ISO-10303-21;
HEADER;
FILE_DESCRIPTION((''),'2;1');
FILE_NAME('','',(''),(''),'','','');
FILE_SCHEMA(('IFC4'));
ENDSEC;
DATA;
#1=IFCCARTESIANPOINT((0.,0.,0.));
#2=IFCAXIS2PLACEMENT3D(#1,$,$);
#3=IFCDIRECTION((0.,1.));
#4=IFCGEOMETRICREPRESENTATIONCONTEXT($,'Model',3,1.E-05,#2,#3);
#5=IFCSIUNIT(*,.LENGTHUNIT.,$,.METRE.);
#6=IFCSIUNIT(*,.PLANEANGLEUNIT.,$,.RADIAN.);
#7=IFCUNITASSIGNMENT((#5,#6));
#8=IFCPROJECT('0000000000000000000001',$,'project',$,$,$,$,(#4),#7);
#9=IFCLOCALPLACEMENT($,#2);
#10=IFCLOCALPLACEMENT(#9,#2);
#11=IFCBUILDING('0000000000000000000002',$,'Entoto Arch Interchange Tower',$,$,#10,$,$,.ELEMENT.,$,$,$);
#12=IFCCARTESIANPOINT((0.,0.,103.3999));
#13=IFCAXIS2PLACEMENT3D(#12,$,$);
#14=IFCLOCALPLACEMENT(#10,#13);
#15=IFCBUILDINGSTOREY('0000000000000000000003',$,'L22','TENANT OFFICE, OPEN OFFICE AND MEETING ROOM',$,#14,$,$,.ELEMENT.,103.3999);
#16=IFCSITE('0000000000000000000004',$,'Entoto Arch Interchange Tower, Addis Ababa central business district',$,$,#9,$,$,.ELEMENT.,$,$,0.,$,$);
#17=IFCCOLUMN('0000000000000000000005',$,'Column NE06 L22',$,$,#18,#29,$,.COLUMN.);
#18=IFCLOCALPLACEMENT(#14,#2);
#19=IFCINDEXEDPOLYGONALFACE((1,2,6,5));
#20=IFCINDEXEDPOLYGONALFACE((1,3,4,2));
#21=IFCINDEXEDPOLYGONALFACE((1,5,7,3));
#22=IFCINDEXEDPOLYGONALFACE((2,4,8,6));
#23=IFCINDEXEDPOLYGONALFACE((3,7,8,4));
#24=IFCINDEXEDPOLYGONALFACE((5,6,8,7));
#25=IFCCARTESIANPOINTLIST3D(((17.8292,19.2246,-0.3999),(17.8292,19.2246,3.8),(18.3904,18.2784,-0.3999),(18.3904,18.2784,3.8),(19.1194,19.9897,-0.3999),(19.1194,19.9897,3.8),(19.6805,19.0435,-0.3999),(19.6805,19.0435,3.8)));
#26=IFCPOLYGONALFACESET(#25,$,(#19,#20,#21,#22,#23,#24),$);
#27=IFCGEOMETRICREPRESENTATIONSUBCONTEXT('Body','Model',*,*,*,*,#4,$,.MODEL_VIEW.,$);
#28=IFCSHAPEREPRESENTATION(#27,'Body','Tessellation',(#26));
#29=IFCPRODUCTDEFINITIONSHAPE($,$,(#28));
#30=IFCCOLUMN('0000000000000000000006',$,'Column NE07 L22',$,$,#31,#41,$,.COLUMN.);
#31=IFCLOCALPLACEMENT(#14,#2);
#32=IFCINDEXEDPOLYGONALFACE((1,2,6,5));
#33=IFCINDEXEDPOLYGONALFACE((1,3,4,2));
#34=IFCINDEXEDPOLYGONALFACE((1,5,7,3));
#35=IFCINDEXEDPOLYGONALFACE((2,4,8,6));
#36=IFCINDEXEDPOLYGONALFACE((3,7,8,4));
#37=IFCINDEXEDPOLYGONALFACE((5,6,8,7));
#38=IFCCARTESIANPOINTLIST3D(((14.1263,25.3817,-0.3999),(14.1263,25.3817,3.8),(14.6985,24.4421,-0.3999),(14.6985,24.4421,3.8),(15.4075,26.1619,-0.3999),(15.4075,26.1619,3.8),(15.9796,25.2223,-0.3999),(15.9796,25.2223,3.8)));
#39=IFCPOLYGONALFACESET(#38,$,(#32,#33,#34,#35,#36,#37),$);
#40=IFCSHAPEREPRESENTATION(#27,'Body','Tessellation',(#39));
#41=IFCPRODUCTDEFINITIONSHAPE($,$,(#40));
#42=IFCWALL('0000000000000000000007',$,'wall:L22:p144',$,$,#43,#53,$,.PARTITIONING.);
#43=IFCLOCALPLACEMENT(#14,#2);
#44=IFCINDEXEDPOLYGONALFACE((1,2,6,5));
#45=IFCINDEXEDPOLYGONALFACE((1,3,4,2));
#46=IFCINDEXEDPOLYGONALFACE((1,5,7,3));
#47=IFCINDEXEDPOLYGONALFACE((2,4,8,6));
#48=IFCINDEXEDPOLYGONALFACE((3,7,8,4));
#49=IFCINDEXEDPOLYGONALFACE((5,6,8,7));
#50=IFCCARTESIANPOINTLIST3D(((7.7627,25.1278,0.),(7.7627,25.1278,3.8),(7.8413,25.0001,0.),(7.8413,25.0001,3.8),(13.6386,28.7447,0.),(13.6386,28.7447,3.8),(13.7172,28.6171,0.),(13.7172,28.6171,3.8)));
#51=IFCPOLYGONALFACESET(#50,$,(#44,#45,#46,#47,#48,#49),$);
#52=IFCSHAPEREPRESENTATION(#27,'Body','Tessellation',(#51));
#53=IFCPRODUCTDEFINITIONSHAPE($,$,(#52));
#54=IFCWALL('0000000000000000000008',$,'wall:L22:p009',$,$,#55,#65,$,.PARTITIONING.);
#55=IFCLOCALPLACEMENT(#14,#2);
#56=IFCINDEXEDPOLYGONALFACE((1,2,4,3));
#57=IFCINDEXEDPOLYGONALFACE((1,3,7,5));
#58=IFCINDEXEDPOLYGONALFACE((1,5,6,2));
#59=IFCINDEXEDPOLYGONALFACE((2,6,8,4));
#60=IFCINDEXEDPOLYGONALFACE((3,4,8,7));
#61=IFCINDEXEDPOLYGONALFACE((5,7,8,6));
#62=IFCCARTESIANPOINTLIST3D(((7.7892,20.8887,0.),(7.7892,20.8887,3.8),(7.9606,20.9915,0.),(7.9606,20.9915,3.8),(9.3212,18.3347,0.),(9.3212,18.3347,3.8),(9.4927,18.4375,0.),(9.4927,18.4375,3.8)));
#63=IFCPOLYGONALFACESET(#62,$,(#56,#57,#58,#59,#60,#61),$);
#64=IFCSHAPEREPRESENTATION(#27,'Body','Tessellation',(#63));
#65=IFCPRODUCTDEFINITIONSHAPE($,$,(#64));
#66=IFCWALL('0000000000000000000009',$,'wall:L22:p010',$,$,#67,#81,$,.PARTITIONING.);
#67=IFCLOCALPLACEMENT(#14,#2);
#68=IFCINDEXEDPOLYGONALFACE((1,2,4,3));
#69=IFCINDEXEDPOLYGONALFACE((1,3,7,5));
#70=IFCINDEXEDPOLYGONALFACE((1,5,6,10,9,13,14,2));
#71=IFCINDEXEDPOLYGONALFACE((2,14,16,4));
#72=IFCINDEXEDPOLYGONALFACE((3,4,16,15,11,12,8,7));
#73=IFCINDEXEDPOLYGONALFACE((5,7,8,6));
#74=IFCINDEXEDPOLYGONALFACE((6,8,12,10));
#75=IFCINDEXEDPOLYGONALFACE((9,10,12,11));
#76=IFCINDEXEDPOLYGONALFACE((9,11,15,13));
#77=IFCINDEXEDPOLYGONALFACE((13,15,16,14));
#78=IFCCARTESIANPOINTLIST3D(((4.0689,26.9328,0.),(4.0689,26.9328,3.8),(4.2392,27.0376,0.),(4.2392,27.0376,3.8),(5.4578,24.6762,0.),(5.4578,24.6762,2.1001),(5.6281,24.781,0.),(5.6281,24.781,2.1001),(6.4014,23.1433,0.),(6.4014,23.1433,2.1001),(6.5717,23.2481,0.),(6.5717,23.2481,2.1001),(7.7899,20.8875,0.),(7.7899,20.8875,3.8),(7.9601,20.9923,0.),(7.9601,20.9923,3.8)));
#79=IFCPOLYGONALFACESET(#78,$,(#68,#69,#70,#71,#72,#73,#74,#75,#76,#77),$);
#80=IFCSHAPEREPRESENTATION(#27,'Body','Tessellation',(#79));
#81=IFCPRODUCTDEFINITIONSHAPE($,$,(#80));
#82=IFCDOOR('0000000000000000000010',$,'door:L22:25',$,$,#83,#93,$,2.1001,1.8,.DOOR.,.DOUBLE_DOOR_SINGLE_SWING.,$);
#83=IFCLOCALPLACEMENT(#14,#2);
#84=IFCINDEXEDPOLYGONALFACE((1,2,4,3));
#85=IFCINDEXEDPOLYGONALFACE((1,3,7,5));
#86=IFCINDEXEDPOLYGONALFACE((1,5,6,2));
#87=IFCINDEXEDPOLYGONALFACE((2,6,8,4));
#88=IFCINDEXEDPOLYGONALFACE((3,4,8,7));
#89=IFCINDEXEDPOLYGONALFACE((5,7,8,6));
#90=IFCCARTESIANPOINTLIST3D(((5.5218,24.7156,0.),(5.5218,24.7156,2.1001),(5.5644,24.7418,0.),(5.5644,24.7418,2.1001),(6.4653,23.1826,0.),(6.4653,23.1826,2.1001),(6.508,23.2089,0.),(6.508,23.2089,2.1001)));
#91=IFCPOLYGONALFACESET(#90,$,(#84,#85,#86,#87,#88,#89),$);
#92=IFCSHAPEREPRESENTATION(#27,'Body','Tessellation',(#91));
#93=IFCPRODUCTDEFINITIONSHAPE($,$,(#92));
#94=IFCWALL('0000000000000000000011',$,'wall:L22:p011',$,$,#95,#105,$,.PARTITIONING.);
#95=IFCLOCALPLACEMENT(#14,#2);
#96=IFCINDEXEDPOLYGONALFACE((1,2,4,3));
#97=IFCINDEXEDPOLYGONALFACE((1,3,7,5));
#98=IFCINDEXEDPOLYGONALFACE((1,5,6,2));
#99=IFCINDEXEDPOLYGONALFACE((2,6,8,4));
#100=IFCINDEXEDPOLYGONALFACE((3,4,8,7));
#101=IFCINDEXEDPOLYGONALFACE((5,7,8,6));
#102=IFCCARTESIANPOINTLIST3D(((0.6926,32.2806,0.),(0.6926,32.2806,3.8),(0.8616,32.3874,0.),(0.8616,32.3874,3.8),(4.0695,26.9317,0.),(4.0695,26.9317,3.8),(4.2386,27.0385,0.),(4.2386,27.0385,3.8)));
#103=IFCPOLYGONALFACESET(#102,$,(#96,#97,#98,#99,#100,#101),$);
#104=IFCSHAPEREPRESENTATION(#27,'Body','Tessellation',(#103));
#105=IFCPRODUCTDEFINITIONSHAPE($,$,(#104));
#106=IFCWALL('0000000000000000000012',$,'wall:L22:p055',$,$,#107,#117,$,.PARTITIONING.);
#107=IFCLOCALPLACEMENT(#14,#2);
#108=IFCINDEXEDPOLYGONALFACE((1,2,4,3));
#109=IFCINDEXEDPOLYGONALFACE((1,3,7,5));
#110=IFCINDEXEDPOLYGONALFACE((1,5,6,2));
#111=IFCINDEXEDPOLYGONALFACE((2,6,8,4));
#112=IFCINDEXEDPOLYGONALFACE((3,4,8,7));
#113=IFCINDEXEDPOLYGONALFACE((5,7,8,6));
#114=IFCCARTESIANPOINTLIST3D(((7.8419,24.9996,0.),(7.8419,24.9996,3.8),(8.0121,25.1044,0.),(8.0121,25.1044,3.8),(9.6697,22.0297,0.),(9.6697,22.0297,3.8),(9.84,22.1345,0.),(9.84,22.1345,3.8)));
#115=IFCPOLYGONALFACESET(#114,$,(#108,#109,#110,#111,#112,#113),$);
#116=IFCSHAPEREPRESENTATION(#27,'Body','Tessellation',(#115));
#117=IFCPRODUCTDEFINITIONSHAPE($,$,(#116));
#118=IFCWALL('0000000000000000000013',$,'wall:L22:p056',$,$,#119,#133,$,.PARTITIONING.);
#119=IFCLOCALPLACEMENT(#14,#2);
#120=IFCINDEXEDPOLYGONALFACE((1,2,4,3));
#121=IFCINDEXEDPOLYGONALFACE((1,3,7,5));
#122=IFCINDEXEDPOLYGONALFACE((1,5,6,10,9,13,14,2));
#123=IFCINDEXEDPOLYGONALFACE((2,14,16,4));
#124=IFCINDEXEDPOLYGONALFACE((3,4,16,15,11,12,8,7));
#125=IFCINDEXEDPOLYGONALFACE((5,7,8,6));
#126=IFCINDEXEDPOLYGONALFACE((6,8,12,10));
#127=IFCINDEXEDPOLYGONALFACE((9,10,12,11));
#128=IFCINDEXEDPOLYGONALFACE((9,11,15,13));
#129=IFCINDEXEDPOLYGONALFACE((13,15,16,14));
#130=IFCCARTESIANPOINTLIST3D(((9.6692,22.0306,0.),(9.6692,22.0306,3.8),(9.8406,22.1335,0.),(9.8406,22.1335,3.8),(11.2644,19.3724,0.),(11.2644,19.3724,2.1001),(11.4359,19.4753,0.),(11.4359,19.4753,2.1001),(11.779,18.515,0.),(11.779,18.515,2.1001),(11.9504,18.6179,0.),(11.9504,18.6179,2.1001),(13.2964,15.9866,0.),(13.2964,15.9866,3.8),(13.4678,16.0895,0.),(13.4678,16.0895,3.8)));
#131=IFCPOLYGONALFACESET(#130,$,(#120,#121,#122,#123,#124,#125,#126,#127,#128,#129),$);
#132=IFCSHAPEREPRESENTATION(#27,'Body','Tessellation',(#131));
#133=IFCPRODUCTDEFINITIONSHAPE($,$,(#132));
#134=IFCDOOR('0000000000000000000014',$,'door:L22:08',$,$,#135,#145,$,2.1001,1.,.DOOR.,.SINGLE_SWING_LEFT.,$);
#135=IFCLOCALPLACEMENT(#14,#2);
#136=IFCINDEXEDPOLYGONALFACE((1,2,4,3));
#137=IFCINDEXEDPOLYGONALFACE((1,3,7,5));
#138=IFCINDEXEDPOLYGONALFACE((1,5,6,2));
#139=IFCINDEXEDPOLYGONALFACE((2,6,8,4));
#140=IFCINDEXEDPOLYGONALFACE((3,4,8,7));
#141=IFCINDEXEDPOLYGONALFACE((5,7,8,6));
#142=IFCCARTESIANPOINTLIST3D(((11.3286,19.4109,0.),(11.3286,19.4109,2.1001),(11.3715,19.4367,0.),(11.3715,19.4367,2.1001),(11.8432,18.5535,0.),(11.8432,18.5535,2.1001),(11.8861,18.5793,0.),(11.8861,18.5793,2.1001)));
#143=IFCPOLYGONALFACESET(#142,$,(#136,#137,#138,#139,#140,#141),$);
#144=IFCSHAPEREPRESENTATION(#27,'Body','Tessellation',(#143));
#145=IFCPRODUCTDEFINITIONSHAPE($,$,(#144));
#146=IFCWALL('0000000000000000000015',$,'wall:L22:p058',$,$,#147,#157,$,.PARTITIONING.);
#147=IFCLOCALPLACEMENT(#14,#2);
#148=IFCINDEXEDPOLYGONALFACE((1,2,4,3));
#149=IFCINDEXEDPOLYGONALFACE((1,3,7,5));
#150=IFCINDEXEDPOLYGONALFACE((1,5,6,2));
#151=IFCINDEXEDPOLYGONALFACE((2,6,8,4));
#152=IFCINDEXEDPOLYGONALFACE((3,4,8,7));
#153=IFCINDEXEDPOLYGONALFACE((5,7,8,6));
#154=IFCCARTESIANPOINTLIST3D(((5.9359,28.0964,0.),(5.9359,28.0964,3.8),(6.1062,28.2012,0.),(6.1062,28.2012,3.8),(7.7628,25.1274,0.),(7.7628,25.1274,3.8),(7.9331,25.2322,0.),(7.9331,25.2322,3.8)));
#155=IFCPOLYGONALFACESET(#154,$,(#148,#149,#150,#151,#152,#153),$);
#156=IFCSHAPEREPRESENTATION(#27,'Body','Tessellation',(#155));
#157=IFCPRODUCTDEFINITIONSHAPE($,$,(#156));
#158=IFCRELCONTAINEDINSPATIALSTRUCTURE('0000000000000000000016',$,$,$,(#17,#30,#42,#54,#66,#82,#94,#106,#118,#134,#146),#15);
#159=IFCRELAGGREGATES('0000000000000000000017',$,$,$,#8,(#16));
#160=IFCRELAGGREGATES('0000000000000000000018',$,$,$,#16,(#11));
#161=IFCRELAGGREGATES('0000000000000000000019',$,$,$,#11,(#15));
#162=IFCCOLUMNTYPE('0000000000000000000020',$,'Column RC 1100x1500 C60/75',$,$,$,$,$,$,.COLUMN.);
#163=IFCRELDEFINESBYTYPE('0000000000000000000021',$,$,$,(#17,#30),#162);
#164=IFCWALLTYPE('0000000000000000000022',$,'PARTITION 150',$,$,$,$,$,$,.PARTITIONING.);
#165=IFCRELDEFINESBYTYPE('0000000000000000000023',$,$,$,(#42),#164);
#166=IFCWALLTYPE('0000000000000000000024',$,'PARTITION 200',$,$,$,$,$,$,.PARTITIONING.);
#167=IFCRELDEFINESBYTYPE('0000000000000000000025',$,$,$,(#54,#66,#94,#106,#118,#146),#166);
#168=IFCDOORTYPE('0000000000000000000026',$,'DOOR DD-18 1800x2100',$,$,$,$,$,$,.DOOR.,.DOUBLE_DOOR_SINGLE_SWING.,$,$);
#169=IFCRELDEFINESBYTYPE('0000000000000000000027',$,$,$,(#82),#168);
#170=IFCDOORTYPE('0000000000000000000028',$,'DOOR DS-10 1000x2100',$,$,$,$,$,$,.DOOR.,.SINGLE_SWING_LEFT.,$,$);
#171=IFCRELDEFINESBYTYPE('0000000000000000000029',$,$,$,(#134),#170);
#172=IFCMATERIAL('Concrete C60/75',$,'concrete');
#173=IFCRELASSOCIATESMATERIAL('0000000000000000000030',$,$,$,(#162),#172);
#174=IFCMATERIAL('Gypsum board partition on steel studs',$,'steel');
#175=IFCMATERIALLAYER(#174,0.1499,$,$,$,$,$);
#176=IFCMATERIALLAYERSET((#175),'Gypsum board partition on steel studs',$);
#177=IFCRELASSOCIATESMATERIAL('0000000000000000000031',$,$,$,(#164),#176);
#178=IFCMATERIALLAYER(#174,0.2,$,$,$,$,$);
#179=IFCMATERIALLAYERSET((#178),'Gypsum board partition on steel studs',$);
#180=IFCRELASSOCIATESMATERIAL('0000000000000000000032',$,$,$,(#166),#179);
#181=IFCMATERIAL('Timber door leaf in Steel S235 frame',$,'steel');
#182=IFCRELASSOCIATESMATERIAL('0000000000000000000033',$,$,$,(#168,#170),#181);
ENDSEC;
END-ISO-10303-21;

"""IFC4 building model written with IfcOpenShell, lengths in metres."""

from ifc_helpers import new_model, si_unit, direction, frame, frame_2d, origin, origin_2d, place, context, subcontext, project, spatial, rectangle, extrude, material, layer, layer_set, material_profile, profile_set, type_object, element, fill, save


model = new_model("IFC4")

# Units and contexts
model_context = context("Model", 3, precision=1e-05, world=origin(), true_north=direction((0.0, 1.0)))
body_context = subcontext(model_context, "Body", "Model", "MODEL_VIEW")
ifc_project = project(units=[si_unit("LENGTHUNIT", "METRE"), si_unit("PLANEANGLEUNIT", "RADIAN")], contexts=[model_context])

# Site, building, storey
site_placement = place(None, origin())
site = spatial("IfcSite", under=ifc_project, at=site_placement, Name="Entoto Arch Interchange Tower, Addis Ababa central business district", CompositionType="ELEMENT", RefElevation=0.0)
building_placement = place(site_placement, origin())
building = spatial("IfcBuilding", under=site, at=building_placement, Name="Entoto Arch Interchange Tower", CompositionType="ELEMENT")
storey_placement = place(building_placement, frame((0.0, 0.0, 103.3999)))
storey = spatial("IfcBuildingStorey", under=building, at=storey_placement, Name="L22", Description="TENANT OFFICE, OPEN OFFICE AND MEETING ROOM", CompositionType="ELEMENT", Elevation=103.3999)

# Columns
ifc_material_1 = material(Name="Concrete C60/75", Category="concrete")
ifc_material_profile = material_profile(ifc_material_1, rectangle(XDim=1.1001, YDim=1.5, at=origin_2d()))
ifc_profile_set = profile_set([ifc_material_profile], Name="Concrete C60/75")
column_type = type_object("IfcColumnType", Name="Column RC 1100x1500 C60/75", PredefinedType="COLUMN", material=ifc_profile_set)
for number, where, z_axis, x_axis, name in (
    (1, (18.7549, 19.134, -0.3999), (0.0, 0.0, 1.0), (-0.510093, 0.860119, 0.0), "Column NE06 L22"),
    (2, (15.053, 25.302, -0.3999), (0.0, 0.0, 1.0), (-0.520116, 0.854096, 0.0), "Column NE07 L22"),
):
    element("IfcColumn", number, at=place(storey_placement, frame(where, z_axis=z_axis, x_axis=x_axis)), inside=storey, type_object=column_type, Name=name, PredefinedType="COLUMN", context=body_context, shape_type="SweptSolid", body=[
        extrude(rectangle(XDim=1.1001, YDim=1.5, at=origin_2d()), origin(), (0.0, 0.0, 1.0), 4.2),
    ])

# Walls
ifc_material_2 = material(Name="Gypsum board partition on steel studs", Category="steel")
ifc_layer_1 = layer(ifc_material_2, 0.1499)
ifc_layer_set_1 = layer_set([ifc_layer_1], Name="Gypsum board partition on steel studs")
wall_type_1 = type_object("IfcWallType", Name="PARTITION 150", PredefinedType="PARTITIONING", material=ifc_layer_set_1)
wall_1_placement = place(storey_placement, frame((7.802, 25.064, 0.0), z_axis=(0.0, 0.0, 1.0), x_axis=(0.851596, 0.524198, 0.0)))
element("IfcWall", 3, at=wall_1_placement, inside=storey, type_object=wall_type_1, Name="wall:L22:p144", PredefinedType="PARTITIONING", context=body_context, shape_type="SweptSolid", body=[
    extrude(rectangle(XDim=6.8999, YDim=0.1499, at=frame_2d((3.45, 0.0))), origin(), (0.0, 0.0, 1.0), 3.8),
])
ifc_layer_2 = layer(ifc_material_2, 0.2)
ifc_layer_set_2 = layer_set([ifc_layer_2], Name="Gypsum board partition on steel studs")
wall_type_2 = type_object("IfcWallType", Name="PARTITION 200", PredefinedType="PARTITIONING", material=ifc_layer_set_2)
wall_2_placement = place(storey_placement, frame((9.407, 18.386, 0.0), z_axis=(0.0, 0.0, 1.0), x_axis=(-0.514399, 0.857551, 0.0)))
element("IfcWall", 4, at=wall_2_placement, inside=storey, type_object=wall_type_2, Name="wall:L22:p009", PredefinedType="PARTITIONING", context=body_context, shape_type="SweptSolid", body=[
    extrude(rectangle(XDim=2.9783, YDim=0.2, at=frame_2d((1.4893, 0.0))), origin(), (0.0, 0.0, 1.0), 3.8),
])

# Wall, opening, door
wall_3_placement = place(storey_placement, frame((7.875, 20.9399, 0.0), z_axis=(0.0, 0.0, 1.0), x_axis=(-0.524184, 0.851605, 0.0)))
wall_3 = element("IfcWall", 5, at=wall_3_placement, inside=storey, type_object=wall_type_2, Name="wall:L22:p010", PredefinedType="PARTITIONING", context=body_context, shape_type="SweptSolid", body=[
    extrude(rectangle(XDim=7.0986, YDim=0.2, at=frame_2d((3.5493, 0.0))), origin(), (0.0, 0.0, 1.0), 3.8),
])
opening_1_placement = place(wall_3_placement, frame((2.6489, 0.0, 0.0)))
opening_1 = element("IfcOpeningElement", 6, at=opening_1_placement, cuts=wall_3, PredefinedType="OPENING", context=body_context, shape_type="SweptSolid", body=[
    extrude(rectangle(XDim=1.8, YDim=2.1001, at=frame_2d((0.8999, 1.05))), frame((0.0, 0.1099, 0.0), z_axis=(0.0, -1.0, 0.0), x_axis=(1.0, 0.0, 0.0)), (0.0, 0.0, 1.0), 0.22),
])
ifc_material_3 = material(Name="Timber door leaf in Steel S235 frame", Category="steel")
door_type_1 = type_object("IfcDoorType", Name="DOOR DD-18 1800x2100", OperationType="DOUBLE_DOOR_SINGLE_SWING", PredefinedType="DOOR", material=ifc_material_3)
door_1_placement = place(opening_1_placement, origin())
door_1 = element("IfcDoor", 7, at=door_1_placement, inside=storey, type_object=door_type_1, Name="door:L22:25", OperationType="DOUBLE_DOOR_SINGLE_SWING", OverallHeight=2.1001, OverallWidth=1.8, PredefinedType="DOOR", context=body_context, shape_type="SweptSolid", body=[
    extrude(rectangle(XDim=1.8, YDim=2.1001, at=frame_2d((0.8999, 1.05))), frame((0.0, 0.0249, 0.0), z_axis=(0.0, -1.0, 0.0), x_axis=(1.0, 0.0, 0.0)), (0.0, 0.0, 1.0), 0.05),
])
fill(opening_1, door_1)

# Walls
wall_4_placement = place(storey_placement, frame((4.1541, 26.9851, 0.0), z_axis=(0.0, 0.0, 1.0), x_axis=(-0.533848, 0.845581, 0.0)))
element("IfcWall", 8, at=wall_4_placement, inside=storey, type_object=wall_type_2, Name="wall:L22:p011", PredefinedType="PARTITIONING", context=body_context, shape_type="SweptSolid", body=[
    extrude(rectangle(XDim=6.3257, YDim=0.2, at=frame_2d((3.1628, 0.0))), origin(), (0.0, 0.0, 1.0), 3.8),
])
wall_5_placement = place(storey_placement, frame((7.927, 25.052, 0.0), z_axis=(0.0, 0.0, 1.0), x_axis=(0.52414, -0.851632, 0.0)))
element("IfcWall", 9, at=wall_5_placement, inside=storey, type_object=wall_type_2, Name="wall:L22:p055", PredefinedType="PARTITIONING", context=body_context, shape_type="SweptSolid", body=[
    extrude(rectangle(XDim=3.4873, YDim=0.2, at=frame_2d((1.7437, 0.0))), origin(), (0.0, 0.0, 1.0), 3.8),
])

# Wall, opening, door
wall_6_placement = place(storey_placement, frame((9.7549, 22.082, 0.0), z_axis=(0.0, 0.0, 1.0), x_axis=(0.514582, -0.857441, 0.0)))
wall_6 = element("IfcWall", 10, at=wall_6_placement, inside=storey, type_object=wall_type_2, Name="wall:L22:p056", PredefinedType="PARTITIONING", context=body_context, shape_type="SweptSolid", body=[
    extrude(rectangle(XDim=7.0488, YDim=0.2, at=frame_2d((3.5244, 0.0))), origin(), (0.0, 0.0, 1.0), 3.8),
])
opening_2_placement = place(wall_6_placement, frame((3.1001, 0.0, 0.0)))
opening_2 = element("IfcOpeningElement", 11, at=opening_2_placement, cuts=wall_6, PredefinedType="OPENING", context=body_context, shape_type="SweptSolid", body=[
    extrude(rectangle(XDim=1.0, YDim=2.1001, at=frame_2d((0.5, 1.05))), frame((0.0, 0.1099, 0.0), z_axis=(0.0, -1.0, 0.0), x_axis=(1.0, 0.0, 0.0)), (0.0, 0.0, 1.0), 0.22),
])
door_type_2 = type_object("IfcDoorType", Name="DOOR DS-10 1000x2100", OperationType="SINGLE_SWING_LEFT", PredefinedType="DOOR", material=ifc_material_3)
door_2_placement = place(opening_2_placement, origin())
door_2 = element("IfcDoor", 12, at=door_2_placement, inside=storey, type_object=door_type_2, Name="door:L22:08", OperationType="SINGLE_SWING_LEFT", OverallHeight=2.1001, OverallWidth=1.0, PredefinedType="DOOR", context=body_context, shape_type="SweptSolid", body=[
    extrude(rectangle(XDim=1.0, YDim=2.1001, at=frame_2d((0.5, 1.05))), frame((0.0, 0.0249, 0.0), z_axis=(0.0, -1.0, 0.0), x_axis=(1.0, 0.0, 0.0)), (0.0, 0.0, 1.0), 0.05),
])
fill(opening_2, door_2)

# Wall
wall_7_placement = place(storey_placement, frame((6.021, 28.1489, 0.0), z_axis=(0.0, 0.0, 1.0), x_axis=(0.524062, -0.85168, 0.0)))
element("IfcWall", 13, at=wall_7_placement, inside=storey, type_object=wall_type_2, Name="wall:L22:p058", PredefinedType="PARTITIONING", context=body_context, shape_type="SweptSolid", body=[
    extrude(rectangle(XDim=3.4861, YDim=0.2, at=frame_2d((1.7432, 0.0))), origin(), (0.0, 0.0, 1.0), 3.8),
])

save(model, "model.ifc")
